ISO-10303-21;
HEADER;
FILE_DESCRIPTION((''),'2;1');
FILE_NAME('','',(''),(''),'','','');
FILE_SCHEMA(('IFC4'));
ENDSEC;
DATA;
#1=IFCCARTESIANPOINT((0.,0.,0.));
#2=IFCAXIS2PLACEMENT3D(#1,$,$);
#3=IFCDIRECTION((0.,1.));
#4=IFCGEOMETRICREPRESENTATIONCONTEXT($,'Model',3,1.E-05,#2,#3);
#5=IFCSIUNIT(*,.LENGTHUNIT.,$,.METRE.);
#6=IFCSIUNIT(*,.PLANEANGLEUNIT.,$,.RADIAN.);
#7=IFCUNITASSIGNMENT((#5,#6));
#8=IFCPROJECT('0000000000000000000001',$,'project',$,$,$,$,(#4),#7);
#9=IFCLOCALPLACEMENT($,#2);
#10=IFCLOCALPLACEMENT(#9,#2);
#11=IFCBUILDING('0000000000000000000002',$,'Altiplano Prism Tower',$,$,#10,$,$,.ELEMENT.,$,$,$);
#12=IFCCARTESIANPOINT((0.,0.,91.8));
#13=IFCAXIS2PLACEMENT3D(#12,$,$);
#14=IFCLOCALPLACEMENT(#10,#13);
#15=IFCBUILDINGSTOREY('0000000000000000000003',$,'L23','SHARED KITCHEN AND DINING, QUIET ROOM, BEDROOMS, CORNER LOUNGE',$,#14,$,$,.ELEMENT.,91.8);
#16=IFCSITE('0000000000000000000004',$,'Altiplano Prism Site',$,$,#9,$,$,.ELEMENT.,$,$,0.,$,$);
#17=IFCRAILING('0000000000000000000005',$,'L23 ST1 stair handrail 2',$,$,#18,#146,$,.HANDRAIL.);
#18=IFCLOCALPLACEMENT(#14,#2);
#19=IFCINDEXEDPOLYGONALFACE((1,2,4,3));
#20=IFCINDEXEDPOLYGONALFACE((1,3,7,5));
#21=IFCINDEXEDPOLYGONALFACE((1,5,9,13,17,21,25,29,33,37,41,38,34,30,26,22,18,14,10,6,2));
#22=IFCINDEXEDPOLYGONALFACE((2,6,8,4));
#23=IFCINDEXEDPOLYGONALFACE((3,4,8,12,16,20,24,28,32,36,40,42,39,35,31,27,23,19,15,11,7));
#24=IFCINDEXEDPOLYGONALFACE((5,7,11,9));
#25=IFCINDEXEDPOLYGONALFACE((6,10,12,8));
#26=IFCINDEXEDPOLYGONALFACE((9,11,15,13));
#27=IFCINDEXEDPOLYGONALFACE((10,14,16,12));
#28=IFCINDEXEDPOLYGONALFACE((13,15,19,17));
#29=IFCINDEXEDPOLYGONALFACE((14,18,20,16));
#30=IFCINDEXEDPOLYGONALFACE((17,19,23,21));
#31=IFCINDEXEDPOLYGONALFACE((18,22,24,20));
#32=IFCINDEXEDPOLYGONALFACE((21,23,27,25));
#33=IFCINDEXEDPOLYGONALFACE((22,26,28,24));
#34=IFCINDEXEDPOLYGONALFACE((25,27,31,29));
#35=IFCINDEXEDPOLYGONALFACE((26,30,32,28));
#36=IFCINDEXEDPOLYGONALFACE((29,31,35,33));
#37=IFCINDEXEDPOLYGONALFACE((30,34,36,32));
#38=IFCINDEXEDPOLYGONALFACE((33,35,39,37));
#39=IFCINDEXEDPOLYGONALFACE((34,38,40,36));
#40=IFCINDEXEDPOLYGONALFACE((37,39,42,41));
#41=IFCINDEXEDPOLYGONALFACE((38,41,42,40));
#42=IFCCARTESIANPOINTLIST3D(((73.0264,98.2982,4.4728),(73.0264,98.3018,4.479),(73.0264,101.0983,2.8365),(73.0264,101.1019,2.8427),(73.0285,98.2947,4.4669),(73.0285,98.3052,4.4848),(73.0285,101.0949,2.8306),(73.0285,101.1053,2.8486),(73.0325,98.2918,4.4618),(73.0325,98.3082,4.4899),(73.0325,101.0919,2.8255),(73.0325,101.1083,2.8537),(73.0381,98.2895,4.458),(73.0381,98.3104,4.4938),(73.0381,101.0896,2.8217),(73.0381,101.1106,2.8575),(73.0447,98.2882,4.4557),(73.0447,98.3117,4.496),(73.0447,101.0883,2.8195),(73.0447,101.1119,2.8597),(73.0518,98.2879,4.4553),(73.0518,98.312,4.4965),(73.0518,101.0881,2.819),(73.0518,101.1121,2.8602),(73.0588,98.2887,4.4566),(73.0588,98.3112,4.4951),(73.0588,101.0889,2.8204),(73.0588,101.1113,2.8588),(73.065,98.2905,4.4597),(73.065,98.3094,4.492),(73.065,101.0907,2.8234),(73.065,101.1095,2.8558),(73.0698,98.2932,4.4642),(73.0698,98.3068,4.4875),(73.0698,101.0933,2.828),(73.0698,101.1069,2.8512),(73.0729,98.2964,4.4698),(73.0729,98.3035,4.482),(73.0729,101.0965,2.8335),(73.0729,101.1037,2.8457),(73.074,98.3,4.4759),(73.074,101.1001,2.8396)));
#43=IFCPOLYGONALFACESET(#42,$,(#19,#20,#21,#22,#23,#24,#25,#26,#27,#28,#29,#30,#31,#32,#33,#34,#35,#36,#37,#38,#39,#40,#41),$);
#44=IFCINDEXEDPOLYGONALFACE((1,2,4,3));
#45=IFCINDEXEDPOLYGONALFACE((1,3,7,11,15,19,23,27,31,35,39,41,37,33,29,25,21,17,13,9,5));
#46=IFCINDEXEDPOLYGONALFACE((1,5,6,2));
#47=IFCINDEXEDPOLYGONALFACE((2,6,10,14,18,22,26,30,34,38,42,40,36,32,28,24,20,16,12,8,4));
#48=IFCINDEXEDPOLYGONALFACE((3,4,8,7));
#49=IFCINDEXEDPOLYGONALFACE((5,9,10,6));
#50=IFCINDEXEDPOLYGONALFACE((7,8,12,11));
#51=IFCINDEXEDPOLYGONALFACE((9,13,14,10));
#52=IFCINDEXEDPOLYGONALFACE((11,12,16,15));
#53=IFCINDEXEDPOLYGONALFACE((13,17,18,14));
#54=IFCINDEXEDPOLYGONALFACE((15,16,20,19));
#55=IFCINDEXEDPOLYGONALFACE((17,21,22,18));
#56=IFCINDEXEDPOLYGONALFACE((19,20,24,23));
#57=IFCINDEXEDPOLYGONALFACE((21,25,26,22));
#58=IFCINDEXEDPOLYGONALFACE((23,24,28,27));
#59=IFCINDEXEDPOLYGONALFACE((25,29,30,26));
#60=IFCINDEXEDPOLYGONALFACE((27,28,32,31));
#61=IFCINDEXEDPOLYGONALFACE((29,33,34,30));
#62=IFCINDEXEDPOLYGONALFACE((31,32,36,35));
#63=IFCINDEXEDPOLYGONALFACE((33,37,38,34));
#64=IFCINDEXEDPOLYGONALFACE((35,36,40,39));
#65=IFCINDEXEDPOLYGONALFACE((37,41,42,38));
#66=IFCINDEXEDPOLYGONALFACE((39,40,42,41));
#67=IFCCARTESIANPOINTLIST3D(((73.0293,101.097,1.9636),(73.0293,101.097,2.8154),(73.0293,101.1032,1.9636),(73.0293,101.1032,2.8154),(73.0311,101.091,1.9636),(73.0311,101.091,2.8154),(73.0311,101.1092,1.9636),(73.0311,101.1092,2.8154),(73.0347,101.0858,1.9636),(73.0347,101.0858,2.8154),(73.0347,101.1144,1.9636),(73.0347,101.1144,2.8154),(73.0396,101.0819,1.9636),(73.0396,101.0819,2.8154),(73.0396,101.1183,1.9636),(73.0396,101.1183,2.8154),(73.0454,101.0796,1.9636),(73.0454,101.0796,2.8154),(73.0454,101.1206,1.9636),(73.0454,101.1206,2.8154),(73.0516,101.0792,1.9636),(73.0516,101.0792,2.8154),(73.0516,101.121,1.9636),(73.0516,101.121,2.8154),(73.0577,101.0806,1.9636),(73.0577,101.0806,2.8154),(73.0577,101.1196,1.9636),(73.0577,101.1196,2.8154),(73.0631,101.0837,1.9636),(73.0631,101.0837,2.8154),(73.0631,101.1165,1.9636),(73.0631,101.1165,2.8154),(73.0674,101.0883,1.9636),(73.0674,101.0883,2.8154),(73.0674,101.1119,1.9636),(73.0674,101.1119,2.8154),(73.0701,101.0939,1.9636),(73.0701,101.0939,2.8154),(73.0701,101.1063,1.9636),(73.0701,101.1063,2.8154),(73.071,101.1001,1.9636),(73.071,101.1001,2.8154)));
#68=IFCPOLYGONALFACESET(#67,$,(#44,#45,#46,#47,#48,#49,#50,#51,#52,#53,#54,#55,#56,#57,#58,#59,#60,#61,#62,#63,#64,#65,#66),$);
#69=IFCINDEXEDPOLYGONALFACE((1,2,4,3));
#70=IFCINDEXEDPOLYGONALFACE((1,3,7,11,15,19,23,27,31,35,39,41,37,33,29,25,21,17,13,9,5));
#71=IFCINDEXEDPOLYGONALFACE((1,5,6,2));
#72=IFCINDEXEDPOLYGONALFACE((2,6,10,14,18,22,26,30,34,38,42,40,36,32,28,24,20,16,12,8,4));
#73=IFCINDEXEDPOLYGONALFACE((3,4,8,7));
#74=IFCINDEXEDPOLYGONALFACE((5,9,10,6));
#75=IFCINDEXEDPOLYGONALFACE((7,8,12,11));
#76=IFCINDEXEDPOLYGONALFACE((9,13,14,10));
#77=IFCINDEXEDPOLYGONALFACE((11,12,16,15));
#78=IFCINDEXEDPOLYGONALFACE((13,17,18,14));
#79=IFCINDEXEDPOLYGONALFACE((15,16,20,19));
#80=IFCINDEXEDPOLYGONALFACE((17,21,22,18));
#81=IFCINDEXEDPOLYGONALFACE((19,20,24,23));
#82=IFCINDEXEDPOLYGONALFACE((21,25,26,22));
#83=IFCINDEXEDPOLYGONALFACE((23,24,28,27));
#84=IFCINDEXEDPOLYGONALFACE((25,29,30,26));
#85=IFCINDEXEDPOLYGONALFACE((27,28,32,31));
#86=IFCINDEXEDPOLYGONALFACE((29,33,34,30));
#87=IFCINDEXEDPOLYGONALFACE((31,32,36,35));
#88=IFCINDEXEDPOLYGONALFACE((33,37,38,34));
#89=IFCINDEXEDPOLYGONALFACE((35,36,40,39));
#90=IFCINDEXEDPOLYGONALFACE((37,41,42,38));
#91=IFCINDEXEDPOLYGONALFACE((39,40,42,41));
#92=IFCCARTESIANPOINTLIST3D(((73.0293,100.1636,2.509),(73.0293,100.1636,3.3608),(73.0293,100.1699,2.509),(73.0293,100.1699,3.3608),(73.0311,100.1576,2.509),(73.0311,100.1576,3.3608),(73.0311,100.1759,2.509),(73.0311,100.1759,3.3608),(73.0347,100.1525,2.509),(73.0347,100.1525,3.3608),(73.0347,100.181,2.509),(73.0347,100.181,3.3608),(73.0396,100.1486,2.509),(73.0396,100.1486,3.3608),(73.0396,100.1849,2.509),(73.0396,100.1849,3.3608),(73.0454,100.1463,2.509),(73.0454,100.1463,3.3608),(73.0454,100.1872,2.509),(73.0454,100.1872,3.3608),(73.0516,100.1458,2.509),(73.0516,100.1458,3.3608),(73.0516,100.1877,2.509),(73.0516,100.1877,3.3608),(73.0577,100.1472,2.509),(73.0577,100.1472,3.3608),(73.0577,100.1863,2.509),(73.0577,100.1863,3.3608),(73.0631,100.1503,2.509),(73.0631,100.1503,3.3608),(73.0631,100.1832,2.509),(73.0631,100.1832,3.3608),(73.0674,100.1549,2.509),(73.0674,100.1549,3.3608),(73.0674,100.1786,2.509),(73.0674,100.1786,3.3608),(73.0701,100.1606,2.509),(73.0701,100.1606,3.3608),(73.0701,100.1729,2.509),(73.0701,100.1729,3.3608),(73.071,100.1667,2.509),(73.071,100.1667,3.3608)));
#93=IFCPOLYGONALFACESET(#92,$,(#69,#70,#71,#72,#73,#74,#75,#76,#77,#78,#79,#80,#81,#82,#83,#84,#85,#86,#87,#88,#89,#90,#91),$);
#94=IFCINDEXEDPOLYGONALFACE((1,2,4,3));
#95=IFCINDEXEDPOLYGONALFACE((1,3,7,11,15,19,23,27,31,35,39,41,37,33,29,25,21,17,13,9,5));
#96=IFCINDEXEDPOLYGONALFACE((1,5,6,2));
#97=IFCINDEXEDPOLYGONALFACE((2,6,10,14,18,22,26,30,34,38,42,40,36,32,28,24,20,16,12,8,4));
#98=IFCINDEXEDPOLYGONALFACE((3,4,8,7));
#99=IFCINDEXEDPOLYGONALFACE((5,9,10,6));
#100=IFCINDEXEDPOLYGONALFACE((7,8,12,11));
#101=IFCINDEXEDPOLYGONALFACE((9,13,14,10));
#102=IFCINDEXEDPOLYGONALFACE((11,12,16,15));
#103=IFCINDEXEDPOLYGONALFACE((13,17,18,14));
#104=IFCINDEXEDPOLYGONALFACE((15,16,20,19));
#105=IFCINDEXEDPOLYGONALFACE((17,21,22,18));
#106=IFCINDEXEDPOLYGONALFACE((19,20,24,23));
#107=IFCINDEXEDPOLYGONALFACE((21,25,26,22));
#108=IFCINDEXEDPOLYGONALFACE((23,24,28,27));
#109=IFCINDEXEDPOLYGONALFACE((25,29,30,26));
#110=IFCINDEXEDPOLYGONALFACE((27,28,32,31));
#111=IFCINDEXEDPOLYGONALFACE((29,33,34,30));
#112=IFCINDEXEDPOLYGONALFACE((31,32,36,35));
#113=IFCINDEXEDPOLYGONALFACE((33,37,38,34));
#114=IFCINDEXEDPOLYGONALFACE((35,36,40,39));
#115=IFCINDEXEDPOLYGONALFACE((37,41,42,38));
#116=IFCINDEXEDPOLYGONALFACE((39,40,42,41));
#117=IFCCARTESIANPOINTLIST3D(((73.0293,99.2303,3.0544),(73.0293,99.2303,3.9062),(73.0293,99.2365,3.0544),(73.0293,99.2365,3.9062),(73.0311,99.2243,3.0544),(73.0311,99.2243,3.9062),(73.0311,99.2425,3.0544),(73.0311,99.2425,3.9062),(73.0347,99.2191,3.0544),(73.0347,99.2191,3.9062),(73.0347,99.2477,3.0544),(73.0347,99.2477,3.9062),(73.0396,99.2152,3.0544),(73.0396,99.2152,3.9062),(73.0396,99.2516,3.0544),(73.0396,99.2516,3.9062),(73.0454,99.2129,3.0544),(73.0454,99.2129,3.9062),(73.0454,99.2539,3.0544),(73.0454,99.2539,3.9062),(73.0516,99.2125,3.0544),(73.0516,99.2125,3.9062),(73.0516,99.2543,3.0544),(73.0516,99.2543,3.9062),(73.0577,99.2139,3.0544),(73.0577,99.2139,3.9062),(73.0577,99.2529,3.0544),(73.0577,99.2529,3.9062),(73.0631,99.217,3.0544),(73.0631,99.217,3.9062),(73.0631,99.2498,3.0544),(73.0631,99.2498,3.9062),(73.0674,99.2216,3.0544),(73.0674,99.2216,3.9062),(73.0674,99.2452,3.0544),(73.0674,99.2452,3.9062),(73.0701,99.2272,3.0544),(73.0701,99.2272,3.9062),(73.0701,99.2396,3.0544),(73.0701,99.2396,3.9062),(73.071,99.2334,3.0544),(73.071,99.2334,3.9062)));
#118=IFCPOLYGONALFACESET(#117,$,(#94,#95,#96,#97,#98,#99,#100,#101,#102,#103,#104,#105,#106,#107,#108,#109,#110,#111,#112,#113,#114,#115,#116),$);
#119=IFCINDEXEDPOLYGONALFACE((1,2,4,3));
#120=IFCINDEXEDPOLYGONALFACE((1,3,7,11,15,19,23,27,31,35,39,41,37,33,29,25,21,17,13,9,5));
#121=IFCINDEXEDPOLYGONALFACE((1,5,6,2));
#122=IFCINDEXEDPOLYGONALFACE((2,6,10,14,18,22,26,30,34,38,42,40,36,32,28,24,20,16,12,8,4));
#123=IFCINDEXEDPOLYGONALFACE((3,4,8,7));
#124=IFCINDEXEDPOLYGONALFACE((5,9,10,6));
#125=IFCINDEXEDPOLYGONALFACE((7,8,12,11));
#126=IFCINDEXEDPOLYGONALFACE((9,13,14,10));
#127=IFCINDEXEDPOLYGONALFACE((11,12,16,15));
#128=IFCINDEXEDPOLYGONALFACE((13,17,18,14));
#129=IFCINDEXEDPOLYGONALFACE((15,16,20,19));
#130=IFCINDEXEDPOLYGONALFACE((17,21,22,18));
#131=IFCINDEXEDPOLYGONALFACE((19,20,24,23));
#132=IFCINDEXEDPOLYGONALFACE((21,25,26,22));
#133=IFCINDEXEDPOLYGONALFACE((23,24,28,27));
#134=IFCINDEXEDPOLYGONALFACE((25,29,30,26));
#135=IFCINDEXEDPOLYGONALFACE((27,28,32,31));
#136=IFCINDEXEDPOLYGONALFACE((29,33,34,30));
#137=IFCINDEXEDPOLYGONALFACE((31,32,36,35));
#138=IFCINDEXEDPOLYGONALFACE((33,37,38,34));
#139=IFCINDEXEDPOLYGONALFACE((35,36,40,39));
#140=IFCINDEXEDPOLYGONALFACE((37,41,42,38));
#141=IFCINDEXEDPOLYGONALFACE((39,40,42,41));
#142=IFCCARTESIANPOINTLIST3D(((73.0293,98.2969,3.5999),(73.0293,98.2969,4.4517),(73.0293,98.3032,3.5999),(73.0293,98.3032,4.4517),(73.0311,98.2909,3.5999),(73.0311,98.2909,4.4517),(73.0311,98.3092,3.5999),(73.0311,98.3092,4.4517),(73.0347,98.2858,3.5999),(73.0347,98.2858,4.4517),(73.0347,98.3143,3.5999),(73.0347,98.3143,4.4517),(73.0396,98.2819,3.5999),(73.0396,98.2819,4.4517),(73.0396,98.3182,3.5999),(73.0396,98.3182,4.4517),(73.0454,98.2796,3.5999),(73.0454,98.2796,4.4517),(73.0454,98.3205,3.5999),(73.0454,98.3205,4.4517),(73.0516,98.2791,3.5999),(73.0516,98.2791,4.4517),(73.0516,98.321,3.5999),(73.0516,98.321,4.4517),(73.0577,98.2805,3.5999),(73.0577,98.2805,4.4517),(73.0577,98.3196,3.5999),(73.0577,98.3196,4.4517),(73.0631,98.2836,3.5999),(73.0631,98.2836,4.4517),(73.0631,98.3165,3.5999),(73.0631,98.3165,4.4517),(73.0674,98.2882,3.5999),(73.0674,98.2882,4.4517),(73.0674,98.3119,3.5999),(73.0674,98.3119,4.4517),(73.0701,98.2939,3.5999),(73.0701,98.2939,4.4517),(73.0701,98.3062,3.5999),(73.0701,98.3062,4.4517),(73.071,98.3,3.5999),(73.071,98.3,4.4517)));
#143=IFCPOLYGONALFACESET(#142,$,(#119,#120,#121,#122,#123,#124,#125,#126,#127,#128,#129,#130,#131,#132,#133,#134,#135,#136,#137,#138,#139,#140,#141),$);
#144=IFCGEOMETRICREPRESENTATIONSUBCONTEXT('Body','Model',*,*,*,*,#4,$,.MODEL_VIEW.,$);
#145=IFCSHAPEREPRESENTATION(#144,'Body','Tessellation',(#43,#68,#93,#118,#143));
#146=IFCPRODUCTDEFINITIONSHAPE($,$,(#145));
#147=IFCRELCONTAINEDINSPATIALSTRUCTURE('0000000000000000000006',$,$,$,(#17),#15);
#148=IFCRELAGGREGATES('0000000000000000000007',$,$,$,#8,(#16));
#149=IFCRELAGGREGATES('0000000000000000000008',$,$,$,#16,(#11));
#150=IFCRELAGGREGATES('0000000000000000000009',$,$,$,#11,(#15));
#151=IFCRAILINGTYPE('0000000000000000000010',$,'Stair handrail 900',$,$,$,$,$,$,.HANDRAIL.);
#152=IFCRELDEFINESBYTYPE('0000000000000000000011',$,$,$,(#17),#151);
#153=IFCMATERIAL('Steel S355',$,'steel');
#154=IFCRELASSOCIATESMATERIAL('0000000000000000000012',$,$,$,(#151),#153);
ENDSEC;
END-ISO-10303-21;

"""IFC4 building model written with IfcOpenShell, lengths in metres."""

from ifc_helpers import new_model, si_unit, direction, frame, origin, origin_2d, place, context, subcontext, project, spatial, circle, extrude, material, type_object, element, save


model = new_model("IFC4")

# Units and contexts
model_context = context("Model", 3, precision=1e-05, world=origin(), true_north=direction((0.0, 1.0)))
body_context = subcontext(model_context, "Body", "Model", "MODEL_VIEW")
ifc_project = project(units=[si_unit("LENGTHUNIT", "METRE"), si_unit("PLANEANGLEUNIT", "RADIAN")], contexts=[model_context])

# Site, building, storey
site_placement = place(None, origin())
site = spatial("IfcSite", under=ifc_project, at=site_placement, Name="Altiplano Prism Site", CompositionType="ELEMENT", RefElevation=0.0)
building_placement = place(site_placement, origin())
building = spatial("IfcBuilding", under=site, at=building_placement, Name="Altiplano Prism Tower", CompositionType="ELEMENT")
storey_placement = place(building_placement, frame((0.0, 0.0, 91.8)))
storey = spatial("IfcBuildingStorey", under=building, at=storey_placement, Name="L23", Description="SHARED KITCHEN AND DINING, QUIET ROOM, BEDROOMS, CORNER LOUNGE", CompositionType="ELEMENT", Elevation=91.8)

# Shared definitions
ifc_material_1 = material(Name="Steel S355", Category="steel")

# Railing
railing_type_1 = type_object("IfcRailingType", Name="Stair handrail 900", PredefinedType="HANDRAIL", material=ifc_material_1)
railing_1_placement = place(storey_placement, frame((73.05, 101.1001, 1.9636)))
element("IfcRailing", 1, at=railing_1_placement, inside=storey, type_object=railing_type_1, Name="L23 ST1 stair handrail 2", PredefinedType="HANDRAIL", context=body_context, shape_type="SweptSolid", body=[
    extrude(circle(Radius=0.0239, at=origin_2d()), frame((0.0, 0.0, 0.876), z_axis=(0.0, -0.863394, 0.504531), x_axis=(1.0, 0.0, 0.0)), (0.0, 0.0, 1.0), 3.2432),
    extrude(circle(Radius=0.021, at=origin_2d()), origin(), (0.0, 0.0, 1.0), 0.8518),
    extrude(circle(Radius=0.021, at=origin_2d()), frame((0.0, -0.9333, 0.5454)), (0.0, 0.0, 1.0), 0.8518),
    extrude(circle(Radius=0.021, at=origin_2d()), frame((0.0, -1.8667, 1.0908)), (0.0, 0.0, 1.0), 0.8518),
    extrude(circle(Radius=0.021, at=origin_2d()), frame((0.0, -2.8, 1.6362)), (0.0, 0.0, 1.0), 0.8518),
])

save(model, "model.ifc")
